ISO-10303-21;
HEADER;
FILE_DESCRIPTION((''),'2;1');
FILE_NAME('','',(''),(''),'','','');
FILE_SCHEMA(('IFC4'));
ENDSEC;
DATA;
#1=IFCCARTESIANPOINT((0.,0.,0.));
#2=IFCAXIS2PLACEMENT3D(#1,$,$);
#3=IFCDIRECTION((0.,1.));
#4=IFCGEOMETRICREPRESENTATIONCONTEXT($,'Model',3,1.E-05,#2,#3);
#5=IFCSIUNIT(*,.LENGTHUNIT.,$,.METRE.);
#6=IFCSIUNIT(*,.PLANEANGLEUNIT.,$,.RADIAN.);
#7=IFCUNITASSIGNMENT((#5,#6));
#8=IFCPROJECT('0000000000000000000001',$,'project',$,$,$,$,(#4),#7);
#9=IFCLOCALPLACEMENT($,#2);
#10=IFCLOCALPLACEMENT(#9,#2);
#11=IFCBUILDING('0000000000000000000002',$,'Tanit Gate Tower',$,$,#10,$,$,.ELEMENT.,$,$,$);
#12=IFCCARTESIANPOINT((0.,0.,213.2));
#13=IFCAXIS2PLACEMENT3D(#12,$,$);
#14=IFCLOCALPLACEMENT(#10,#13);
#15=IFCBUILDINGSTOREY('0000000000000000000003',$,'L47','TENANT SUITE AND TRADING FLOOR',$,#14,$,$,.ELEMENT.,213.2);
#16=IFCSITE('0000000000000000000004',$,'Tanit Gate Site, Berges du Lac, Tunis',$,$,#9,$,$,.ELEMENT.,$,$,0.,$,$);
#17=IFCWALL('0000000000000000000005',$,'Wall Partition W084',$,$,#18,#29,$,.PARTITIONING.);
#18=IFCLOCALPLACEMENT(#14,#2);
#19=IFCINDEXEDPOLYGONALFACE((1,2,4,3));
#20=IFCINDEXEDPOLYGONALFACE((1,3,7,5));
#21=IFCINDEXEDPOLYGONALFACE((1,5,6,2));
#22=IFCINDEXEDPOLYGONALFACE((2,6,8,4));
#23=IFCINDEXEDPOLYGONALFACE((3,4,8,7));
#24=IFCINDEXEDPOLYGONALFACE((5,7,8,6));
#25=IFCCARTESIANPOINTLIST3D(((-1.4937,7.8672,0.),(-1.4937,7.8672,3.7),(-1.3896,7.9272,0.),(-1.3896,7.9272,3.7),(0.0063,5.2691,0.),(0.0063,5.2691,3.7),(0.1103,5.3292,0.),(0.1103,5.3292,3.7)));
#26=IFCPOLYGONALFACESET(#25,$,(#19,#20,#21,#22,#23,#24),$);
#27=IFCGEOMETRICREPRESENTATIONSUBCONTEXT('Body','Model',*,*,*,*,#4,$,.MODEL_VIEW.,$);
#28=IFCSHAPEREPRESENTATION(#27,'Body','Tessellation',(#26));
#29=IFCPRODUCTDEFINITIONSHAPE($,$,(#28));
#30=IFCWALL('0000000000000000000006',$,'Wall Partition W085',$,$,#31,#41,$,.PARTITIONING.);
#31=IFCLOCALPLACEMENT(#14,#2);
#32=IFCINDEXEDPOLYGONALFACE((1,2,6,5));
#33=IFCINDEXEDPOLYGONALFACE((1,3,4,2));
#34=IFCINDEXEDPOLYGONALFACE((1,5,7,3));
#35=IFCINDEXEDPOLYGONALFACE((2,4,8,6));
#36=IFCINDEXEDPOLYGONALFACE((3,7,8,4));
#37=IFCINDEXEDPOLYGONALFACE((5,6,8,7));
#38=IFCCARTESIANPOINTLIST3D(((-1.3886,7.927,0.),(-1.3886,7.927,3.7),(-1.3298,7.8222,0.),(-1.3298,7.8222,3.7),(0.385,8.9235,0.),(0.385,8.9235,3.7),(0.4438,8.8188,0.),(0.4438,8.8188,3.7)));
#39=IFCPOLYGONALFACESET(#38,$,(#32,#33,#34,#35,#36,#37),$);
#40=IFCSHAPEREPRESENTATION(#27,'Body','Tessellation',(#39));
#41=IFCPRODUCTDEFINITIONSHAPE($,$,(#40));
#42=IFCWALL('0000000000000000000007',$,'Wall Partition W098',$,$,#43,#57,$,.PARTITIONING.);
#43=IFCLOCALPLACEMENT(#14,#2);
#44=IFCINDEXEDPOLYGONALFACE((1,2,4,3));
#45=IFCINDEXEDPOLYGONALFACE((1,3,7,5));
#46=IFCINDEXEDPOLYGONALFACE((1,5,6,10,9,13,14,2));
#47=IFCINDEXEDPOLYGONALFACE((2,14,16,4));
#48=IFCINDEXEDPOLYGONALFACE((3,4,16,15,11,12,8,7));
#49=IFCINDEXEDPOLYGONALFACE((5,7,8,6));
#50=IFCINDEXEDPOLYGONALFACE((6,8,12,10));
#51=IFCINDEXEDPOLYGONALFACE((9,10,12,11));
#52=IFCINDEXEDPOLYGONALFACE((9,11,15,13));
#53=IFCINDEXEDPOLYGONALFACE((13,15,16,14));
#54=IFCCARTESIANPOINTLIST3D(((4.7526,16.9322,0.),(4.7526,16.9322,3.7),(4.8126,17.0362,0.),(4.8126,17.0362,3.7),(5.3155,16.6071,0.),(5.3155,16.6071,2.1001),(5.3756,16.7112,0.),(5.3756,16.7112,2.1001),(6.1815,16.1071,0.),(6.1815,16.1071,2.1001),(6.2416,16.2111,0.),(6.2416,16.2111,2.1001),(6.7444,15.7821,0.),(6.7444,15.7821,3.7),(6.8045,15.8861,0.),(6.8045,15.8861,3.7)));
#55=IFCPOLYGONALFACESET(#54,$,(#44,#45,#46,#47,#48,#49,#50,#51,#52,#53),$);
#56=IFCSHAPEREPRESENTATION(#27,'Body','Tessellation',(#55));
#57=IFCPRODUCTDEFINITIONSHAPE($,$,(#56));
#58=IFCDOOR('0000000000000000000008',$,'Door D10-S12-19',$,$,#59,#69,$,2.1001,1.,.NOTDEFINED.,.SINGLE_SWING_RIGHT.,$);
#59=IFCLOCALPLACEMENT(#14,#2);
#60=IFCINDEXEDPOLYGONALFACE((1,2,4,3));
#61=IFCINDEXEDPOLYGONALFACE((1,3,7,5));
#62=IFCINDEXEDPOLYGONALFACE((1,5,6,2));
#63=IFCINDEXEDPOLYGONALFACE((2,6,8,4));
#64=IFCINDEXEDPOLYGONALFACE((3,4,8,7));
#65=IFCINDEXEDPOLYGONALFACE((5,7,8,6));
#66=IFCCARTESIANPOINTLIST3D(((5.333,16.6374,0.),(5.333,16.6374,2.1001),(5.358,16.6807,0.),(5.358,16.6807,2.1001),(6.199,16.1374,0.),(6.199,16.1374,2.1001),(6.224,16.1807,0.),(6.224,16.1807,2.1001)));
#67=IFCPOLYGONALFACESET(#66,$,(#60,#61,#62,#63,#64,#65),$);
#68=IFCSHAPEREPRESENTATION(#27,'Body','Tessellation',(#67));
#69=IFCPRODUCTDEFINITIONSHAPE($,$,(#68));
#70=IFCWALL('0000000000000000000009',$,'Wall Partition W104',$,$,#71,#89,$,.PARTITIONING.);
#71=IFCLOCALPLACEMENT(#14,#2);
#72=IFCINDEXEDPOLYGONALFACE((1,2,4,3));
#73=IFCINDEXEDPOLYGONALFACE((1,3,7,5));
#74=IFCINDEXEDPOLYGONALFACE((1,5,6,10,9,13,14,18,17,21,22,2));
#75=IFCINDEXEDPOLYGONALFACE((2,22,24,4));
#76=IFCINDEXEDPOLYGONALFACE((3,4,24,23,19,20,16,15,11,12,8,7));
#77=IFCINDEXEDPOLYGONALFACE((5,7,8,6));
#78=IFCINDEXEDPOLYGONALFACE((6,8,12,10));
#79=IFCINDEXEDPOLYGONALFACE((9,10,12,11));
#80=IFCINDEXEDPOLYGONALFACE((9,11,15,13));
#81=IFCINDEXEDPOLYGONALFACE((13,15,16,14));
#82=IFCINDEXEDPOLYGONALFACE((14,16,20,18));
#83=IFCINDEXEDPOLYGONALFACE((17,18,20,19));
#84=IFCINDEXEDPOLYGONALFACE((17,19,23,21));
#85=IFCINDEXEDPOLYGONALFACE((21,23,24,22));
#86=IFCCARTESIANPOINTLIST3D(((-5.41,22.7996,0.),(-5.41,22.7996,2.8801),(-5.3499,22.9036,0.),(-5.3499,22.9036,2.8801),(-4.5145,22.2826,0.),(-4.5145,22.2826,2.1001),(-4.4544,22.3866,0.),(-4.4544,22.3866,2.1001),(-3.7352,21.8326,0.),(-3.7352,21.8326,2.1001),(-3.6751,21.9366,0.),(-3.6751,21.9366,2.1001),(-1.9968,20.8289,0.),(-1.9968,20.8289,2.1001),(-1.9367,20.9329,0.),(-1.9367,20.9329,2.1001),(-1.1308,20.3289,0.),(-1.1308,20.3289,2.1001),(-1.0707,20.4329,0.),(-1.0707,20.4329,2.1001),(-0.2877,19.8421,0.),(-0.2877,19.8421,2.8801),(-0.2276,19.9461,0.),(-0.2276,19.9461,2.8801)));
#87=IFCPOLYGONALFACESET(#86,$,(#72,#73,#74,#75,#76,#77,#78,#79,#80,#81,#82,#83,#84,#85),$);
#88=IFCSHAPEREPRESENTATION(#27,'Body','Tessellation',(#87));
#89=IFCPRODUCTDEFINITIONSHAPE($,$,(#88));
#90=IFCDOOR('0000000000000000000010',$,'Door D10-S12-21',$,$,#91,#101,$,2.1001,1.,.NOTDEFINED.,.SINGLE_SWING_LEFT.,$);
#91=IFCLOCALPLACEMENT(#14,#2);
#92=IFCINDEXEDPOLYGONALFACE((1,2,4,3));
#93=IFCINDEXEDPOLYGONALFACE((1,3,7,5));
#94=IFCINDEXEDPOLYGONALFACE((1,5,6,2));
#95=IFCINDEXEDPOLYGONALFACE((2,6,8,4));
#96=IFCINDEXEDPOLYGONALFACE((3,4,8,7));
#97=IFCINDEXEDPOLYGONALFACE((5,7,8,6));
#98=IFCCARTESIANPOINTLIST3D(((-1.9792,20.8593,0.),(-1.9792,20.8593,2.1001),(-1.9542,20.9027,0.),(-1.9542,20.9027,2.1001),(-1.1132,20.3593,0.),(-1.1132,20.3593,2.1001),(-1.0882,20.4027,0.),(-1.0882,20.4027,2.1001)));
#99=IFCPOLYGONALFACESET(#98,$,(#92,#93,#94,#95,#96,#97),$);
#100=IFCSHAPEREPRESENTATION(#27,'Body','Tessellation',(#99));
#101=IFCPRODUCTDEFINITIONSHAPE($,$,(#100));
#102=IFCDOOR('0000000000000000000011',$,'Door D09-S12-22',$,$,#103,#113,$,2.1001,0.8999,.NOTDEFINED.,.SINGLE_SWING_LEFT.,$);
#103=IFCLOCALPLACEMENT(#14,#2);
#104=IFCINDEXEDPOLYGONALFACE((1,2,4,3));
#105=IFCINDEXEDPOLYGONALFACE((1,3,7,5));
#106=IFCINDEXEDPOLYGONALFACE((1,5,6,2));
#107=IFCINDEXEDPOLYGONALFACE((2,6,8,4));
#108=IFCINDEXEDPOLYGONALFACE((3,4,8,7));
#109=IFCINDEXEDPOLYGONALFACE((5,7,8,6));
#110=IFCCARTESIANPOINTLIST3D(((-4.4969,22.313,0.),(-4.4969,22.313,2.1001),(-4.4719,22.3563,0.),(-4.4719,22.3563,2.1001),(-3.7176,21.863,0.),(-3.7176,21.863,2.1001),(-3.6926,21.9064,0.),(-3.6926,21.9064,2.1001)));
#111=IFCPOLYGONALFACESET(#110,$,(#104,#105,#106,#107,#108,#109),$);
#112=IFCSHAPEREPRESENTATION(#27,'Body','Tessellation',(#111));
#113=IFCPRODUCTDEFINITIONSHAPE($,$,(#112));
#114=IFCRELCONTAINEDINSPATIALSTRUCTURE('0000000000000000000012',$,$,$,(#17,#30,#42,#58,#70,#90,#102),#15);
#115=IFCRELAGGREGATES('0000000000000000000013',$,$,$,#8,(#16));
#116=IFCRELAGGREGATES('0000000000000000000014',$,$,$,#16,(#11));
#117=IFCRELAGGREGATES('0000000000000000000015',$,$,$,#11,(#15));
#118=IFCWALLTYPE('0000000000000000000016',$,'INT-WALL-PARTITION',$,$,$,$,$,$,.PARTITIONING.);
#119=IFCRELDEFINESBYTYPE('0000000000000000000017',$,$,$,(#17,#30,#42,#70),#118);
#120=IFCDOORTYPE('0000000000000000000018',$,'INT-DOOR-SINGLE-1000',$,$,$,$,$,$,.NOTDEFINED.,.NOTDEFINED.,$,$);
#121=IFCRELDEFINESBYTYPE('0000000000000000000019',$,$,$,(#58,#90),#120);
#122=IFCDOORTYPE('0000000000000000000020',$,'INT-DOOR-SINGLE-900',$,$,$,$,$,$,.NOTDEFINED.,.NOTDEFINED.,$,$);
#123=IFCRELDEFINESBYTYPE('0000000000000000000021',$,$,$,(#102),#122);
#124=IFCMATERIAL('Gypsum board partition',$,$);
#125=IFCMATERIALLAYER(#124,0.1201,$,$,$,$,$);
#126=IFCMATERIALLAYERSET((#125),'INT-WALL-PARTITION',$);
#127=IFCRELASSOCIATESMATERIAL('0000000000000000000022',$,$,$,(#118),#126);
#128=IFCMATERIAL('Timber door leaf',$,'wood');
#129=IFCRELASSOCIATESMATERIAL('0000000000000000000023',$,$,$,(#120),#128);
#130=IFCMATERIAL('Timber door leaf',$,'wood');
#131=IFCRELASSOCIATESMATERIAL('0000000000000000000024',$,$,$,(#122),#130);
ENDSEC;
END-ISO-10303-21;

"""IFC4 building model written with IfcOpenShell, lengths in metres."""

from ifc_helpers import new_model, si_unit, direction, frame, frame_2d, origin, place, context, subcontext, project, spatial, rectangle, extrude, material, layer, layer_set, type_object, element, fill, save


model = new_model("IFC4")

# Units and contexts
model_context = context("Model", 3, precision=1e-05, world=origin(), true_north=direction((0.0, 1.0)))
body_context = subcontext(model_context, "Body", "Model", "MODEL_VIEW")
ifc_project = project(units=[si_unit("LENGTHUNIT", "METRE"), si_unit("PLANEANGLEUNIT", "RADIAN")], contexts=[model_context])

# Site, building, storey
site_placement = place(None, origin())
site = spatial("IfcSite", under=ifc_project, at=site_placement, Name="Tanit Gate Site, Berges du Lac, Tunis", CompositionType="ELEMENT", RefElevation=0.0)
building_placement = place(site_placement, origin())
building = spatial("IfcBuilding", under=site, at=building_placement, Name="Tanit Gate Tower", CompositionType="ELEMENT")
storey_placement = place(building_placement, frame((0.0, 0.0, 213.2)))
storey = spatial("IfcBuildingStorey", under=building, at=storey_placement, Name="L47", Description="TENANT SUITE AND TRADING FLOOR", CompositionType="ELEMENT", Elevation=213.2)

# Shared definitions
ifc_material_1 = material(Name="Gypsum board partition")
ifc_layer_1 = layer(ifc_material_1, 0.1201)
ifc_layer_set_1 = layer_set([ifc_layer_1], Name="INT-WALL-PARTITION")
wall_type_1 = type_object("IfcWallType", Name="INT-WALL-PARTITION", PredefinedType="PARTITIONING", material=ifc_layer_set_1)

# Walls
wall_1_placement = place(storey_placement, frame((-1.4417, 7.8972, 0.0), z_axis=(0.0, 0.0, 1.0), x_axis=(0.49999, -0.866031, 0.0)))
element("IfcWall", 1, at=wall_1_placement, inside=storey, type_object=wall_type_1, Name="Wall Partition W084", PredefinedType="PARTITIONING", context=body_context, shape_type="SweptSolid", body=[
    extrude(rectangle(XDim=3.0, YDim=0.1201, at=frame_2d((1.5, 0.0))), origin(), (0.0, 0.0, 1.0), 3.7),
])
wall_2_placement = place(storey_placement, frame((0.4143, 8.8711, 0.0), z_axis=(0.0, 0.0, 1.0), x_axis=(-0.871809, -0.489845, 0.0)))
element("IfcWall", 2, at=wall_2_placement, inside=storey, type_object=wall_type_1, Name="Wall Partition W085", PredefinedType="PARTITIONING", context=body_context, shape_type="SweptSolid", body=[
    extrude(rectangle(XDim=2.0344, YDim=0.1201, at=frame_2d((1.0171, 0.0))), origin(), (0.0, 0.0, 1.0), 3.7),
])

# Wall, opening, door
wall_3_placement = place(storey_placement, frame((4.7827, 16.9841, 0.0), z_axis=(0.0, 0.0, 1.0), x_axis=(0.866007, -0.500032, 0.0)))
wall_3 = element("IfcWall", 3, at=wall_3_placement, inside=storey, type_object=wall_type_1, Name="Wall Partition W098", PredefinedType="PARTITIONING", context=body_context, shape_type="SweptSolid", body=[
    extrude(rectangle(XDim=2.3, YDim=0.1201, at=frame_2d((1.1499, 0.0))), origin(), (0.0, 0.0, 1.0), 3.7),
])
opening_1_placement = place(wall_3_placement, frame((0.6499, 0.0, 0.0)))
opening_1 = element("IfcOpeningElement", 4, at=opening_1_placement, cuts=wall_3, PredefinedType="OPENING", context=body_context, shape_type="SweptSolid", body=[
    extrude(rectangle(XDim=1.0, YDim=2.1001, at=frame_2d((0.5, 1.05))), frame((0.0, 0.0701, 0.0), z_axis=(0.0, -1.0, 0.0), x_axis=(1.0, 0.0, 0.0)), (0.0, 0.0, 1.0), 0.1401),
])
ifc_material_2 = material(Name="Timber door leaf", Category="wood")
door_type_1 = type_object("IfcDoorType", Name="INT-DOOR-SINGLE-1000", OperationType="NOTDEFINED", PredefinedType="NOTDEFINED", material=ifc_material_2)
door_1_placement = place(opening_1_placement, origin())
door_1 = element("IfcDoor", 5, at=door_1_placement, inside=storey, type_object=door_type_1, Name="Door D10-S12-19", OperationType="SINGLE_SWING_RIGHT", OverallHeight=2.1001, OverallWidth=1.0, PredefinedType="NOTDEFINED", context=body_context, shape_type="SweptSolid", body=[
    extrude(rectangle(XDim=1.0, YDim=2.1001, at=frame_2d((0.5, 1.05))), frame((0.0, 0.0249, 0.0), z_axis=(0.0, -1.0, 0.0), x_axis=(1.0, 0.0, 0.0)), (0.0, 0.0, 1.0), 0.05),
])
fill(opening_1, door_1)

# Wall, openings, doors
wall_4_placement = place(storey_placement, frame((-0.2576, 19.894, 0.0), z_axis=(0.0, 0.0, 1.0), x_axis=(-0.866014, 0.500019, 0.0)))
wall_4 = element("IfcWall", 6, at=wall_4_placement, inside=storey, type_object=wall_type_1, Name="Wall Partition W104", PredefinedType="PARTITIONING", context=body_context, shape_type="SweptSolid", body=[
    extrude(rectangle(XDim=5.9148, YDim=0.1201, at=frame_2d((2.9575, 0.0))), origin(), (0.0, 0.0, 1.0), 2.8801),
])
opening_2_placement = place(wall_4_placement, frame((0.9736, 0.0, 0.0)))
opening_2 = element("IfcOpeningElement", 7, at=opening_2_placement, cuts=wall_4, PredefinedType="OPENING", context=body_context, shape_type="SweptSolid", body=[
    extrude(rectangle(XDim=1.0, YDim=2.1001, at=frame_2d((0.5, 1.05))), frame((0.0, 0.0701, 0.0), z_axis=(0.0, -1.0, 0.0), x_axis=(1.0, 0.0, 0.0)), (0.0, 0.0, 1.0), 0.1401),
])
opening_3_placement = place(wall_4_placement, frame((3.981, 0.0, 0.0)))
opening_3 = element("IfcOpeningElement", 8, at=opening_3_placement, cuts=wall_4, PredefinedType="OPENING", context=body_context, shape_type="SweptSolid", body=[
    extrude(rectangle(XDim=0.8999, YDim=2.1001, at=frame_2d((0.45, 1.05))), frame((0.0, 0.0701, 0.0), z_axis=(0.0, -1.0, 0.0), x_axis=(1.0, 0.0, 0.0)), (0.0, 0.0, 1.0), 0.1401),
])
door_2_placement = place(opening_2_placement, origin())
door_2 = element("IfcDoor", 9, at=door_2_placement, inside=storey, type_object=door_type_1, Name="Door D10-S12-21", OperationType="SINGLE_SWING_LEFT", OverallHeight=2.1001, OverallWidth=1.0, PredefinedType="NOTDEFINED", context=body_context, shape_type="SweptSolid", body=[
    extrude(rectangle(XDim=1.0, YDim=2.1001, at=frame_2d((0.5, 1.05))), frame((0.0, 0.0249, 0.0), z_axis=(0.0, -1.0, 0.0), x_axis=(1.0, 0.0, 0.0)), (0.0, 0.0, 1.0), 0.05),
])
fill(opening_2, door_2)
ifc_material_3 = material(Name="Timber door leaf", Category="wood")
door_type_2 = type_object("IfcDoorType", Name="INT-DOOR-SINGLE-900", OperationType="NOTDEFINED", PredefinedType="NOTDEFINED", material=ifc_material_3)
door_3_placement = place(opening_3_placement, origin())
door_3 = element("IfcDoor", 10, at=door_3_placement, inside=storey, type_object=door_type_2, Name="Door D09-S12-22", OperationType="SINGLE_SWING_LEFT", OverallHeight=2.1001, OverallWidth=0.8999, PredefinedType="NOTDEFINED", context=body_context, shape_type="SweptSolid", body=[
    extrude(rectangle(XDim=0.8999, YDim=2.1001, at=frame_2d((0.45, 1.05))), frame((0.0, 0.0249, 0.0), z_axis=(0.0, -1.0, 0.0), x_axis=(1.0, 0.0, 0.0)), (0.0, 0.0, 1.0), 0.05),
])
fill(opening_3, door_3)

save(model, "model.ifc")
